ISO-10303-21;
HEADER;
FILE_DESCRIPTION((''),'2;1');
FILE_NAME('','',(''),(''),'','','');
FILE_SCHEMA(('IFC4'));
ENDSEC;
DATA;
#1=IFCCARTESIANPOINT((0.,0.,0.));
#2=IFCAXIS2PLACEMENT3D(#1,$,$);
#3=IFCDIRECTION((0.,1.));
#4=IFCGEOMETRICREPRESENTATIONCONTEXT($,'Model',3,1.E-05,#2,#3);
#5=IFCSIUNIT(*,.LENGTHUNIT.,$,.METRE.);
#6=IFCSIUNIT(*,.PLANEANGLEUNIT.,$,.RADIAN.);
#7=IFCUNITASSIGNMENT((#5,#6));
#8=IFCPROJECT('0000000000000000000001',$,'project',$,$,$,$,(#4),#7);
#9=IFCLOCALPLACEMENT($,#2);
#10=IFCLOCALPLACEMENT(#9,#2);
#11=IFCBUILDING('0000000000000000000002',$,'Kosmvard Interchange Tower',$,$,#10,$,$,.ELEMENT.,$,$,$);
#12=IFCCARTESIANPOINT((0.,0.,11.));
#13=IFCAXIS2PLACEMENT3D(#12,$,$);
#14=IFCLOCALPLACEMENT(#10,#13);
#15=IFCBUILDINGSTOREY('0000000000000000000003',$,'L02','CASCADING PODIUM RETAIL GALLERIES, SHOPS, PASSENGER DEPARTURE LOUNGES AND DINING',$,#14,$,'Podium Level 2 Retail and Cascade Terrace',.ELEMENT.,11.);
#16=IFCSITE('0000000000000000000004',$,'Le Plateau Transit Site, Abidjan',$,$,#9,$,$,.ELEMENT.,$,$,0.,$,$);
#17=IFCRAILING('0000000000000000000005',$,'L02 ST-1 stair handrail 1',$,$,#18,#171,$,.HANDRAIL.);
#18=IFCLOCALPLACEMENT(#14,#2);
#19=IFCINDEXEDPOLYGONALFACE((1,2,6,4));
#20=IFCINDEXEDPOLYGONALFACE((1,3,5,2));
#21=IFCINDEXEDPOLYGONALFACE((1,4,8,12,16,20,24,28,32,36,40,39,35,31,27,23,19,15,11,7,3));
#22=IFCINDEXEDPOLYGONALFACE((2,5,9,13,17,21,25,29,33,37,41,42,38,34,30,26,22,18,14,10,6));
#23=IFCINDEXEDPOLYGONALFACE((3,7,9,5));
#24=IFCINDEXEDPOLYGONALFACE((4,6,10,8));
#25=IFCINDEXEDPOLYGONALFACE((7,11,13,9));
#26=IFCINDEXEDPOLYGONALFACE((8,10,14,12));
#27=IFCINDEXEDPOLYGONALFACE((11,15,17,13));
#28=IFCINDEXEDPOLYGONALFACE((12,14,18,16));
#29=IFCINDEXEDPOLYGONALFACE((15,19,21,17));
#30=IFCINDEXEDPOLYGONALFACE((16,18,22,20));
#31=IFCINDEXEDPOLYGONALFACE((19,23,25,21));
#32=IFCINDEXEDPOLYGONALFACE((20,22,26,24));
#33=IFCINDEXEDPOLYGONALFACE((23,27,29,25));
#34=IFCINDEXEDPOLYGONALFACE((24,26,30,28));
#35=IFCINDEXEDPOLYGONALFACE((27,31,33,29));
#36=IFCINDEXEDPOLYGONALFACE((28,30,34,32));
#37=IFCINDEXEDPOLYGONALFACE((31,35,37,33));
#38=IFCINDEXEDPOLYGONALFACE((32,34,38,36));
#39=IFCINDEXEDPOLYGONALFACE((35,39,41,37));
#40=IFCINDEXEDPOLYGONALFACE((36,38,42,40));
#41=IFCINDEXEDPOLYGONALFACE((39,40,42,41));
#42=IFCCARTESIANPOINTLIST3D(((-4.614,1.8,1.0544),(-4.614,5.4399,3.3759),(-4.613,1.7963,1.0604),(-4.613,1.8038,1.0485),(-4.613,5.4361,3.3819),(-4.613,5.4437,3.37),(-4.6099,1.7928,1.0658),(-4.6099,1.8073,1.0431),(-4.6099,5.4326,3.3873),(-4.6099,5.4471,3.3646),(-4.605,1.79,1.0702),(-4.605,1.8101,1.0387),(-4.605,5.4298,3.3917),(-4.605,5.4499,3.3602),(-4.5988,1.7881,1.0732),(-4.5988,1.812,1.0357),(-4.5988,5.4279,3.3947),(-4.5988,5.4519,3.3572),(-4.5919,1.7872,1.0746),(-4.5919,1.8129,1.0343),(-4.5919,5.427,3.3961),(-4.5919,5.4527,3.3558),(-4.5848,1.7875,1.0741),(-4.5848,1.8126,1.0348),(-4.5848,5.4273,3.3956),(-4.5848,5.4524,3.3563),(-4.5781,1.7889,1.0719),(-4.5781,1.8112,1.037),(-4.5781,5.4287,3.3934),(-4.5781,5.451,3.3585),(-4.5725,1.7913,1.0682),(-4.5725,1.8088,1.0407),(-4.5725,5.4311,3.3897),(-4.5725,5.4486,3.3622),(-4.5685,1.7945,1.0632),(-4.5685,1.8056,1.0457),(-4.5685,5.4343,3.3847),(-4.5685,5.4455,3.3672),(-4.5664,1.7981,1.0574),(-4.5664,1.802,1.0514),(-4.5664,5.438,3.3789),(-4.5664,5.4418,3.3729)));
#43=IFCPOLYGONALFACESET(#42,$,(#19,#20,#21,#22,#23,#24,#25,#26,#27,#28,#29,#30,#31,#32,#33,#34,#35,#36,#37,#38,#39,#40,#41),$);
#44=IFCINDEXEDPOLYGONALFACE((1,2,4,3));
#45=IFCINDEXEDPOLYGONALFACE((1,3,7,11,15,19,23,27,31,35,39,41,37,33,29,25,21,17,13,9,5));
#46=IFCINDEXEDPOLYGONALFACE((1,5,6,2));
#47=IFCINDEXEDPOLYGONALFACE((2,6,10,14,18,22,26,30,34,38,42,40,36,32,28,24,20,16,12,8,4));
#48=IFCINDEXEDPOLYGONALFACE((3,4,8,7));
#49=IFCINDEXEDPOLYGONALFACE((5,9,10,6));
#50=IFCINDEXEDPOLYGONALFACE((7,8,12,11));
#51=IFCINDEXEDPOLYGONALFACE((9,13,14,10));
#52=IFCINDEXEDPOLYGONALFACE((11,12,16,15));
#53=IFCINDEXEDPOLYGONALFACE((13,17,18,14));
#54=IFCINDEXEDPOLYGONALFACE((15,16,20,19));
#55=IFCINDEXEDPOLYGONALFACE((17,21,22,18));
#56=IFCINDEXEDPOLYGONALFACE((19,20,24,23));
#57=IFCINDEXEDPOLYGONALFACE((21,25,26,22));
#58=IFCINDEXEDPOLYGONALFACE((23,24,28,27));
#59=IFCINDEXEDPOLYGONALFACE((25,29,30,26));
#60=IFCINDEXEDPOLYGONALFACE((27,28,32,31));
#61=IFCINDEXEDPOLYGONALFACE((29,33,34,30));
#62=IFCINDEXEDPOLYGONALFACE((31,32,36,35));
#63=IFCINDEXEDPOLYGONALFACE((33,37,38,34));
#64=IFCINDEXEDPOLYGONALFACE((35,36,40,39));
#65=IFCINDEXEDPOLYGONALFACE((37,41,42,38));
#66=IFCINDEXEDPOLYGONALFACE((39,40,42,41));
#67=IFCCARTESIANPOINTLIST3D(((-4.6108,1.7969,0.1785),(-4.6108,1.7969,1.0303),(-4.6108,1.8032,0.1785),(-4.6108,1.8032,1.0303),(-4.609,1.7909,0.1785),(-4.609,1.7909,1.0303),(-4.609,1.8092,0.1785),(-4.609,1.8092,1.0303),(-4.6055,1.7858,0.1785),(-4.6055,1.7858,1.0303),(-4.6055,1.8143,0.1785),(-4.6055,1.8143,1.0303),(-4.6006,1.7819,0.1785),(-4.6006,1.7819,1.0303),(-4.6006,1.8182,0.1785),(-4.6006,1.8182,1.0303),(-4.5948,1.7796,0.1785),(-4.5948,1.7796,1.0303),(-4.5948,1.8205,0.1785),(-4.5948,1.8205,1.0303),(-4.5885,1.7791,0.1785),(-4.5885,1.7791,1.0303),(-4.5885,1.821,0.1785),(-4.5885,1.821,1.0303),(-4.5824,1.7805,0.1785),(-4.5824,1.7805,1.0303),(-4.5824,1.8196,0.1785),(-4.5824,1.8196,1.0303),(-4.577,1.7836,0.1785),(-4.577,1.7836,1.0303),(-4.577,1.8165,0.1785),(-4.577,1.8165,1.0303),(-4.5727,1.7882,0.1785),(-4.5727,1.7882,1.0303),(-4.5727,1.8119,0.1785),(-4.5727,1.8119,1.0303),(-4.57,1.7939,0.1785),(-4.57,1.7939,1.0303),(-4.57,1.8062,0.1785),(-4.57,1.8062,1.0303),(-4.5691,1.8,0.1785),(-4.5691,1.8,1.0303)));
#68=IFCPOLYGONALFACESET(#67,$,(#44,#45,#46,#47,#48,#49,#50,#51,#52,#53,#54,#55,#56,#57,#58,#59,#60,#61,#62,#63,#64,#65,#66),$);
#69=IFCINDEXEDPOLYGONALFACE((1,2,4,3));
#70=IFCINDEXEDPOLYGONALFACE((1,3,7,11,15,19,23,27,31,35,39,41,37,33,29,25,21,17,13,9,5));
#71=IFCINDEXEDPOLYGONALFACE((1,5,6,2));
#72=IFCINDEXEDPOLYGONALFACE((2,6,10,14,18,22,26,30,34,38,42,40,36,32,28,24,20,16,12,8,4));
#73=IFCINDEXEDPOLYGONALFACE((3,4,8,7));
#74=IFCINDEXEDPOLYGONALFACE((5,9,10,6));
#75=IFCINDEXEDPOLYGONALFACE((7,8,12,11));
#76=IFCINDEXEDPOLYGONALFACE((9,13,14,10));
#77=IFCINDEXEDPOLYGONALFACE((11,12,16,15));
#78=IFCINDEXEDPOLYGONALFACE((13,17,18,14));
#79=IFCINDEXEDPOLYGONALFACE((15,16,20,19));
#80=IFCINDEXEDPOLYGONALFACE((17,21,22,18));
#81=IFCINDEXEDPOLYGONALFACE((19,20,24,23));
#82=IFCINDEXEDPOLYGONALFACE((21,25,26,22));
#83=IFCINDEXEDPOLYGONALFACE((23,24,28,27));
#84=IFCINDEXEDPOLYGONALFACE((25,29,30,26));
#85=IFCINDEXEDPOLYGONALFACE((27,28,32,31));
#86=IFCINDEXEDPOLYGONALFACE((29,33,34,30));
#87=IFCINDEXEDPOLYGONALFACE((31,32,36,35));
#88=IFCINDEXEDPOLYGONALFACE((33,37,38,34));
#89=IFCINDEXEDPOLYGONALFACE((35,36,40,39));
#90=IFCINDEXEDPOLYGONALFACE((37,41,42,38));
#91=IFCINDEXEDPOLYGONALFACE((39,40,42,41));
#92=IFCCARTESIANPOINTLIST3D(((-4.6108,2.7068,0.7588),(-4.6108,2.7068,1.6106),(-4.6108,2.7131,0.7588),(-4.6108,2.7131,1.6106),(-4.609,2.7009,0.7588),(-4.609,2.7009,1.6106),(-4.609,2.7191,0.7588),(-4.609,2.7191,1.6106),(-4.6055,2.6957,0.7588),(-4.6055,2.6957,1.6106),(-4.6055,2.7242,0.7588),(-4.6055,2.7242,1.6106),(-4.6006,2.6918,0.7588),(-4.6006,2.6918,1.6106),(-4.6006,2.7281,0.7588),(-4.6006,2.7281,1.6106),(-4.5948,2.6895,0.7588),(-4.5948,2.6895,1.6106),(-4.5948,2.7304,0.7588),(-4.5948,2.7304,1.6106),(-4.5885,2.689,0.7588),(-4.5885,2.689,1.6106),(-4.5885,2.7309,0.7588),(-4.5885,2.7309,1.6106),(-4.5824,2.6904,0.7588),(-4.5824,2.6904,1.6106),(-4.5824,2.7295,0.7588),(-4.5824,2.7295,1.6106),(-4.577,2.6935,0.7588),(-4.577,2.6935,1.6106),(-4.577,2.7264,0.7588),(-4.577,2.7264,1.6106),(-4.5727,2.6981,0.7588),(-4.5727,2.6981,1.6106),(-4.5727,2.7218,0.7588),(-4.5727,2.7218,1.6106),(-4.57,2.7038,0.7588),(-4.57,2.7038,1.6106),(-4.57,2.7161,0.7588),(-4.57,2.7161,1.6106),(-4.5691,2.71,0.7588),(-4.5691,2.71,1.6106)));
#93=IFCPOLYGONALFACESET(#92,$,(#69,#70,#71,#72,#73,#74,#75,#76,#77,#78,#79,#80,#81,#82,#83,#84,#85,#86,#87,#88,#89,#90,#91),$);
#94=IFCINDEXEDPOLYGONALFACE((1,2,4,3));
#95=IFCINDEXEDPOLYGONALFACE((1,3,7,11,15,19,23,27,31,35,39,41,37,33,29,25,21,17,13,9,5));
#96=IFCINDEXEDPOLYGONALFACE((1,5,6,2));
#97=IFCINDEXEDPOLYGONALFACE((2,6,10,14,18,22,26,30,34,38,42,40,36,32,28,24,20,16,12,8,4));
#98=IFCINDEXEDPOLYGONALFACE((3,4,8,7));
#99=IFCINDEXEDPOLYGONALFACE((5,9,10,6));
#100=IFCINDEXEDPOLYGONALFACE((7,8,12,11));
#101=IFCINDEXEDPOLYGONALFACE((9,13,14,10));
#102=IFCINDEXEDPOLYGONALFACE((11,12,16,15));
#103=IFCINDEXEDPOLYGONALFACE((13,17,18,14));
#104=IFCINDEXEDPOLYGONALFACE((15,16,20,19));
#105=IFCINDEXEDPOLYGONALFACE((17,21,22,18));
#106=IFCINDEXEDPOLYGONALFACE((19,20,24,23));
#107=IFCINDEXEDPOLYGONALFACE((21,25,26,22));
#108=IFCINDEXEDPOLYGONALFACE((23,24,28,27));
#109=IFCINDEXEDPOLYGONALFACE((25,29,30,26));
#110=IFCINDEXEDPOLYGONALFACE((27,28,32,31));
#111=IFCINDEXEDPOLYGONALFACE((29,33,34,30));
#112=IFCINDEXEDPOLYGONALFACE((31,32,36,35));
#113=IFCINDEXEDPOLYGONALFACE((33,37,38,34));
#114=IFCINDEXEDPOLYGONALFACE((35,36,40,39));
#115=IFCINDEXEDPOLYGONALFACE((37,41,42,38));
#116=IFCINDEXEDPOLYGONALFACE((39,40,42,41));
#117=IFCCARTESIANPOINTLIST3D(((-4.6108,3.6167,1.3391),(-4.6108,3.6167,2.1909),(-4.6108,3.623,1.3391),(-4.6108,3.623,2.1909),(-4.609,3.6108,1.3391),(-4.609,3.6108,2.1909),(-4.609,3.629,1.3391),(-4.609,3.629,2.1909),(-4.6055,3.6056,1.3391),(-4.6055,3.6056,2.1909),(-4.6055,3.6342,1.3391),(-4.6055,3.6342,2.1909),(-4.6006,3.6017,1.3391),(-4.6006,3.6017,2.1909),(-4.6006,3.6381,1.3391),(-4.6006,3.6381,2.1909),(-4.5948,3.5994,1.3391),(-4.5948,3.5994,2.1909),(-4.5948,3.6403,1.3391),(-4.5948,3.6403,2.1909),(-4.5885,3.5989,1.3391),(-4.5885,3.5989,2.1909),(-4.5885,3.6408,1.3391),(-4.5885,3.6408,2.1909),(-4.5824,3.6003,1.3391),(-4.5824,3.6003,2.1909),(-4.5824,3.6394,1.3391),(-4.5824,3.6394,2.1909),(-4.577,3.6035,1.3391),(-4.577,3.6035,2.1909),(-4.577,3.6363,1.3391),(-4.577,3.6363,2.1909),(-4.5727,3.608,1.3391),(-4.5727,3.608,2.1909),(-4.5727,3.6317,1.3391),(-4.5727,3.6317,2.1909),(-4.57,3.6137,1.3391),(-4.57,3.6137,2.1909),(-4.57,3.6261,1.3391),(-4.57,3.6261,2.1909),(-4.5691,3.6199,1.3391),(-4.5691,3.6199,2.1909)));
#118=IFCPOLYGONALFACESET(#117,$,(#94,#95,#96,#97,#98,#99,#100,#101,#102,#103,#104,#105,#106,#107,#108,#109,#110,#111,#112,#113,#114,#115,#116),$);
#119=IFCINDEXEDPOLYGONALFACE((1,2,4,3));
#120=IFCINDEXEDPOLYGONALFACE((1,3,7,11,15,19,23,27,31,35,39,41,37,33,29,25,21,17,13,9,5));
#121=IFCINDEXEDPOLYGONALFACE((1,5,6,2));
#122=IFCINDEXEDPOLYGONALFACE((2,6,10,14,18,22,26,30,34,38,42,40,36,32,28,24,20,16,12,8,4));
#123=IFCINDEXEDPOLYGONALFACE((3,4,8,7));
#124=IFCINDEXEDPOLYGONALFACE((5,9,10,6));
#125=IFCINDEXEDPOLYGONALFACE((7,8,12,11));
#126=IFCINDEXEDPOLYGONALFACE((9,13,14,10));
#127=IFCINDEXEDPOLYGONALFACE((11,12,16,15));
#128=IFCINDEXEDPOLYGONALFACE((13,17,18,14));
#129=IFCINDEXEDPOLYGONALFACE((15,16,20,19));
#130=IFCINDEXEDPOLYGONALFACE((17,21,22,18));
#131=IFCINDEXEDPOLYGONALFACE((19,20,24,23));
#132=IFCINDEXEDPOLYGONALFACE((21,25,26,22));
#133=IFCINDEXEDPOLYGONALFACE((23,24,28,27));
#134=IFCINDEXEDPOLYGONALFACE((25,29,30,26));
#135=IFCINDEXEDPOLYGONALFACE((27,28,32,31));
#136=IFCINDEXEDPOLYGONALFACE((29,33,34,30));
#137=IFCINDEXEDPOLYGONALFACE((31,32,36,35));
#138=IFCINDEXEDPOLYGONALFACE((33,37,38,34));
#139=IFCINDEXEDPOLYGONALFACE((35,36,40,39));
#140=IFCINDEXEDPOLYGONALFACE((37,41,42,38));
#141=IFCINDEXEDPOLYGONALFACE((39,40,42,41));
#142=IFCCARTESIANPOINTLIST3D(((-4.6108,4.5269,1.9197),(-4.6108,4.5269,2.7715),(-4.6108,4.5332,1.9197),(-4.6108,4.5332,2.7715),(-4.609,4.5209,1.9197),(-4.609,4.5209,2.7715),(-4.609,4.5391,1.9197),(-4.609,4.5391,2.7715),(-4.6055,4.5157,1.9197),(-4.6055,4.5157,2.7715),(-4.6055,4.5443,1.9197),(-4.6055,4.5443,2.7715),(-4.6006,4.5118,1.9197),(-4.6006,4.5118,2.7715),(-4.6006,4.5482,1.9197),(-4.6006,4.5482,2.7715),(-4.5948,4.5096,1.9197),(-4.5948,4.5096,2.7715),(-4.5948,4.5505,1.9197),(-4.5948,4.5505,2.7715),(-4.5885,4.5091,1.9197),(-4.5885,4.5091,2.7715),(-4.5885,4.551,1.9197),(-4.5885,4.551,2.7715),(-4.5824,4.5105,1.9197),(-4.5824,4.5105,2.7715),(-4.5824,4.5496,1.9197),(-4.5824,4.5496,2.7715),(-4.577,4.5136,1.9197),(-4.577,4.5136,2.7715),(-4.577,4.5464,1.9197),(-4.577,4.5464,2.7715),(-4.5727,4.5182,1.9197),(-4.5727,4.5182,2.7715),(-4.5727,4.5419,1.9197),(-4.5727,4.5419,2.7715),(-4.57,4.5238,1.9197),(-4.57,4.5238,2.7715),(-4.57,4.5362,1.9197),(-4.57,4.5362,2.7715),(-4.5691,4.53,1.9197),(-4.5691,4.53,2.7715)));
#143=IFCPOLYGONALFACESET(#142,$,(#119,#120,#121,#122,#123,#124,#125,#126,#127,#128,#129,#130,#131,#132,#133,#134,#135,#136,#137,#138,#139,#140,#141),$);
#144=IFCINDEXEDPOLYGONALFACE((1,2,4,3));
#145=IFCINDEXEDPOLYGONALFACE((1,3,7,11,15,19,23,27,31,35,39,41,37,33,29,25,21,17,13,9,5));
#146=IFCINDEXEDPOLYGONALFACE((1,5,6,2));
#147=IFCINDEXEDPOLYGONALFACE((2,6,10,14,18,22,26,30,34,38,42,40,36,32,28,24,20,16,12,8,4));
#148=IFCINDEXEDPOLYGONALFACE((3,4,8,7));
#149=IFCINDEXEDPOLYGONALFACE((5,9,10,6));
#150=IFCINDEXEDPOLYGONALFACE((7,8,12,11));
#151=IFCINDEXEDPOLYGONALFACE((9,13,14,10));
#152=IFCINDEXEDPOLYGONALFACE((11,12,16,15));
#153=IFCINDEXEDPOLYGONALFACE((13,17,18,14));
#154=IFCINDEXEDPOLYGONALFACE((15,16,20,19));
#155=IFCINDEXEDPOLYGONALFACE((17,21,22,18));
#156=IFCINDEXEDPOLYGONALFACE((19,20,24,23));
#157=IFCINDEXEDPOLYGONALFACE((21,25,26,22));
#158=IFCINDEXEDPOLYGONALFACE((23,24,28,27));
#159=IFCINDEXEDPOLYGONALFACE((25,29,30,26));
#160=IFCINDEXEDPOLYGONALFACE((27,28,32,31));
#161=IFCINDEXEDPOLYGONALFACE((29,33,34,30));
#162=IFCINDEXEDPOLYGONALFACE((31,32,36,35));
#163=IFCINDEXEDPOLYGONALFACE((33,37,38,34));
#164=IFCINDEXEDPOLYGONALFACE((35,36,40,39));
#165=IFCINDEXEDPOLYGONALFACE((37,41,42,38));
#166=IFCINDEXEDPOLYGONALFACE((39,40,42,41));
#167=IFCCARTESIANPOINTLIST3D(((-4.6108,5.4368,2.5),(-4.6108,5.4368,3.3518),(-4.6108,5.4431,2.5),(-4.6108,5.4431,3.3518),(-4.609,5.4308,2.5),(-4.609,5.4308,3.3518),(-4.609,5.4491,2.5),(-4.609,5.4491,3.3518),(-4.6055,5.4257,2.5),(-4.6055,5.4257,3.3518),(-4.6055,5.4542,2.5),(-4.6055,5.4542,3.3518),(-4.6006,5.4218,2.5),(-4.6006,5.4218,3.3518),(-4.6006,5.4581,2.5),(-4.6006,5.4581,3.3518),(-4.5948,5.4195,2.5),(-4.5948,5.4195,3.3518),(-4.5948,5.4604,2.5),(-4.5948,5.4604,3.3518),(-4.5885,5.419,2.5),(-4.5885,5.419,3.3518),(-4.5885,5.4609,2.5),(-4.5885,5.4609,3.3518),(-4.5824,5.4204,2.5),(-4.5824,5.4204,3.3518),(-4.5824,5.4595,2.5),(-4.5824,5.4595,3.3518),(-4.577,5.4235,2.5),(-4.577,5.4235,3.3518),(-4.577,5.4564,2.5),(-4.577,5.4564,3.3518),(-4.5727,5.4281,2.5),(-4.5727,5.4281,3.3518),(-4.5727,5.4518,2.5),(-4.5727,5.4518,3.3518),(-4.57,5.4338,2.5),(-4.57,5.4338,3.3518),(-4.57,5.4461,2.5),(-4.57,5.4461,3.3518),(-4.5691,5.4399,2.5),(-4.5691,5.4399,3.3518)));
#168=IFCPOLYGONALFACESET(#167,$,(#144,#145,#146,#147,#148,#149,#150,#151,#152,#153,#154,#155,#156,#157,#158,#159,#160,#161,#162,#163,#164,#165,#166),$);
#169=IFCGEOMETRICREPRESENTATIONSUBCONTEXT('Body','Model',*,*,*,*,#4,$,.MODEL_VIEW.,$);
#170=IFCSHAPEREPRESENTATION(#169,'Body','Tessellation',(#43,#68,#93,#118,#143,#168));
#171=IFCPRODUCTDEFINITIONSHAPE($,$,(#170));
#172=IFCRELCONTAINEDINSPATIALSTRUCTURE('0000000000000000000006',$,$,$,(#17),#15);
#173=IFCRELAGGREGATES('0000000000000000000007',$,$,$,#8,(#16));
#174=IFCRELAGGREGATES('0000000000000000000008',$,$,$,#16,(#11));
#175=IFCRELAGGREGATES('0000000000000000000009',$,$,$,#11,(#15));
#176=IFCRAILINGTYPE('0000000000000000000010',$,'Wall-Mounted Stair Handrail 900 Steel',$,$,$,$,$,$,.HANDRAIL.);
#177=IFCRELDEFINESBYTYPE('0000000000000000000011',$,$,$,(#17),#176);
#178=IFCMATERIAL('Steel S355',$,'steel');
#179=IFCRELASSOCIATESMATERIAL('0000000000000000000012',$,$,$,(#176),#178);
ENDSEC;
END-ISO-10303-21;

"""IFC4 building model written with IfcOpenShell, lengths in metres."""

from ifc_helpers import new_model, si_unit, direction, frame, origin, origin_2d, place, context, subcontext, project, spatial, circle, extrude, source, transform, mapped, material, type_object, element, save


model = new_model("IFC4")

# Units and contexts
model_context = context("Model", 3, precision=1e-05, world=origin(), true_north=direction((0.0, 1.0)))
body_context = subcontext(model_context, "Body", "Model", "MODEL_VIEW")
ifc_project = project(units=[si_unit("LENGTHUNIT", "METRE"), si_unit("PLANEANGLEUNIT", "RADIAN")], contexts=[model_context])

# Site, building, storey
site_placement = place(None, origin())
site = spatial("IfcSite", under=ifc_project, at=site_placement, Name="Le Plateau Transit Site, Abidjan", CompositionType="ELEMENT", RefElevation=0.0)
building_placement = place(site_placement, origin())
building = spatial("IfcBuilding", under=site, at=building_placement, Name="Kosmvard Interchange Tower", CompositionType="ELEMENT")
storey_placement = place(building_placement, frame((0.0, 0.0, 11.0)))
storey = spatial("IfcBuildingStorey", under=building, at=storey_placement, Name="L02", Description="CASCADING PODIUM RETAIL GALLERIES, SHOPS, PASSENGER DEPARTURE LOUNGES AND DINING", LongName="Podium Level 2 Retail and Cascade Terrace", CompositionType="ELEMENT", Elevation=11.0)

# Shared definitions
ifc_material_1 = material(Name="Steel S355", Category="steel")

# Railing
railing_type_1 = type_object("IfcRailingType", Name="Wall-Mounted Stair Handrail 900 Steel", PredefinedType="HANDRAIL", material=ifc_material_1)
shared_shape_1 = source(origin(), body_context, "Body", "SweptSolid", [
    extrude(circle(Radius=0.0239, at=origin_2d()), frame((0.0, 0.0, 0.876), z_axis=(0.0, 0.843112, 0.537739), x_axis=(-1.0, 0.0, 0.0)), (0.0, 0.0, 1.0), 4.3171),
    extrude(circle(Radius=0.021, at=origin_2d()), origin(), (0.0, 0.0, 1.0), 0.8518),
    extrude(circle(Radius=0.021, at=origin_2d()), frame((0.0, 0.9099, 0.5803)), (0.0, 0.0, 1.0), 0.8518),
    extrude(circle(Radius=0.021, at=origin_2d()), frame((0.0, 1.8198, 1.1606)), (0.0, 0.0, 1.0), 0.8518),
    extrude(circle(Radius=0.021, at=origin_2d()), frame((0.0, 2.73, 1.7412)), (0.0, 0.0, 1.0), 0.8518),
    extrude(circle(Radius=0.021, at=origin_2d()), frame((0.0, 3.6399, 2.3215)), (0.0, 0.0, 1.0), 0.8518),
])
railing_1_placement = place(storey_placement, frame((-4.5901, 1.8, 0.1785)))
element("IfcRailing", 1, at=railing_1_placement, inside=storey, type_object=railing_type_1, Name="L02 ST-1 stair handrail 1", PredefinedType="HANDRAIL", context=body_context, shape_type="MappedRepresentation", body=[
    mapped(shared_shape_1, transform((0.0, 0.0, 0.0), scale=1.0)),
])

save(model, "model.ifc")
